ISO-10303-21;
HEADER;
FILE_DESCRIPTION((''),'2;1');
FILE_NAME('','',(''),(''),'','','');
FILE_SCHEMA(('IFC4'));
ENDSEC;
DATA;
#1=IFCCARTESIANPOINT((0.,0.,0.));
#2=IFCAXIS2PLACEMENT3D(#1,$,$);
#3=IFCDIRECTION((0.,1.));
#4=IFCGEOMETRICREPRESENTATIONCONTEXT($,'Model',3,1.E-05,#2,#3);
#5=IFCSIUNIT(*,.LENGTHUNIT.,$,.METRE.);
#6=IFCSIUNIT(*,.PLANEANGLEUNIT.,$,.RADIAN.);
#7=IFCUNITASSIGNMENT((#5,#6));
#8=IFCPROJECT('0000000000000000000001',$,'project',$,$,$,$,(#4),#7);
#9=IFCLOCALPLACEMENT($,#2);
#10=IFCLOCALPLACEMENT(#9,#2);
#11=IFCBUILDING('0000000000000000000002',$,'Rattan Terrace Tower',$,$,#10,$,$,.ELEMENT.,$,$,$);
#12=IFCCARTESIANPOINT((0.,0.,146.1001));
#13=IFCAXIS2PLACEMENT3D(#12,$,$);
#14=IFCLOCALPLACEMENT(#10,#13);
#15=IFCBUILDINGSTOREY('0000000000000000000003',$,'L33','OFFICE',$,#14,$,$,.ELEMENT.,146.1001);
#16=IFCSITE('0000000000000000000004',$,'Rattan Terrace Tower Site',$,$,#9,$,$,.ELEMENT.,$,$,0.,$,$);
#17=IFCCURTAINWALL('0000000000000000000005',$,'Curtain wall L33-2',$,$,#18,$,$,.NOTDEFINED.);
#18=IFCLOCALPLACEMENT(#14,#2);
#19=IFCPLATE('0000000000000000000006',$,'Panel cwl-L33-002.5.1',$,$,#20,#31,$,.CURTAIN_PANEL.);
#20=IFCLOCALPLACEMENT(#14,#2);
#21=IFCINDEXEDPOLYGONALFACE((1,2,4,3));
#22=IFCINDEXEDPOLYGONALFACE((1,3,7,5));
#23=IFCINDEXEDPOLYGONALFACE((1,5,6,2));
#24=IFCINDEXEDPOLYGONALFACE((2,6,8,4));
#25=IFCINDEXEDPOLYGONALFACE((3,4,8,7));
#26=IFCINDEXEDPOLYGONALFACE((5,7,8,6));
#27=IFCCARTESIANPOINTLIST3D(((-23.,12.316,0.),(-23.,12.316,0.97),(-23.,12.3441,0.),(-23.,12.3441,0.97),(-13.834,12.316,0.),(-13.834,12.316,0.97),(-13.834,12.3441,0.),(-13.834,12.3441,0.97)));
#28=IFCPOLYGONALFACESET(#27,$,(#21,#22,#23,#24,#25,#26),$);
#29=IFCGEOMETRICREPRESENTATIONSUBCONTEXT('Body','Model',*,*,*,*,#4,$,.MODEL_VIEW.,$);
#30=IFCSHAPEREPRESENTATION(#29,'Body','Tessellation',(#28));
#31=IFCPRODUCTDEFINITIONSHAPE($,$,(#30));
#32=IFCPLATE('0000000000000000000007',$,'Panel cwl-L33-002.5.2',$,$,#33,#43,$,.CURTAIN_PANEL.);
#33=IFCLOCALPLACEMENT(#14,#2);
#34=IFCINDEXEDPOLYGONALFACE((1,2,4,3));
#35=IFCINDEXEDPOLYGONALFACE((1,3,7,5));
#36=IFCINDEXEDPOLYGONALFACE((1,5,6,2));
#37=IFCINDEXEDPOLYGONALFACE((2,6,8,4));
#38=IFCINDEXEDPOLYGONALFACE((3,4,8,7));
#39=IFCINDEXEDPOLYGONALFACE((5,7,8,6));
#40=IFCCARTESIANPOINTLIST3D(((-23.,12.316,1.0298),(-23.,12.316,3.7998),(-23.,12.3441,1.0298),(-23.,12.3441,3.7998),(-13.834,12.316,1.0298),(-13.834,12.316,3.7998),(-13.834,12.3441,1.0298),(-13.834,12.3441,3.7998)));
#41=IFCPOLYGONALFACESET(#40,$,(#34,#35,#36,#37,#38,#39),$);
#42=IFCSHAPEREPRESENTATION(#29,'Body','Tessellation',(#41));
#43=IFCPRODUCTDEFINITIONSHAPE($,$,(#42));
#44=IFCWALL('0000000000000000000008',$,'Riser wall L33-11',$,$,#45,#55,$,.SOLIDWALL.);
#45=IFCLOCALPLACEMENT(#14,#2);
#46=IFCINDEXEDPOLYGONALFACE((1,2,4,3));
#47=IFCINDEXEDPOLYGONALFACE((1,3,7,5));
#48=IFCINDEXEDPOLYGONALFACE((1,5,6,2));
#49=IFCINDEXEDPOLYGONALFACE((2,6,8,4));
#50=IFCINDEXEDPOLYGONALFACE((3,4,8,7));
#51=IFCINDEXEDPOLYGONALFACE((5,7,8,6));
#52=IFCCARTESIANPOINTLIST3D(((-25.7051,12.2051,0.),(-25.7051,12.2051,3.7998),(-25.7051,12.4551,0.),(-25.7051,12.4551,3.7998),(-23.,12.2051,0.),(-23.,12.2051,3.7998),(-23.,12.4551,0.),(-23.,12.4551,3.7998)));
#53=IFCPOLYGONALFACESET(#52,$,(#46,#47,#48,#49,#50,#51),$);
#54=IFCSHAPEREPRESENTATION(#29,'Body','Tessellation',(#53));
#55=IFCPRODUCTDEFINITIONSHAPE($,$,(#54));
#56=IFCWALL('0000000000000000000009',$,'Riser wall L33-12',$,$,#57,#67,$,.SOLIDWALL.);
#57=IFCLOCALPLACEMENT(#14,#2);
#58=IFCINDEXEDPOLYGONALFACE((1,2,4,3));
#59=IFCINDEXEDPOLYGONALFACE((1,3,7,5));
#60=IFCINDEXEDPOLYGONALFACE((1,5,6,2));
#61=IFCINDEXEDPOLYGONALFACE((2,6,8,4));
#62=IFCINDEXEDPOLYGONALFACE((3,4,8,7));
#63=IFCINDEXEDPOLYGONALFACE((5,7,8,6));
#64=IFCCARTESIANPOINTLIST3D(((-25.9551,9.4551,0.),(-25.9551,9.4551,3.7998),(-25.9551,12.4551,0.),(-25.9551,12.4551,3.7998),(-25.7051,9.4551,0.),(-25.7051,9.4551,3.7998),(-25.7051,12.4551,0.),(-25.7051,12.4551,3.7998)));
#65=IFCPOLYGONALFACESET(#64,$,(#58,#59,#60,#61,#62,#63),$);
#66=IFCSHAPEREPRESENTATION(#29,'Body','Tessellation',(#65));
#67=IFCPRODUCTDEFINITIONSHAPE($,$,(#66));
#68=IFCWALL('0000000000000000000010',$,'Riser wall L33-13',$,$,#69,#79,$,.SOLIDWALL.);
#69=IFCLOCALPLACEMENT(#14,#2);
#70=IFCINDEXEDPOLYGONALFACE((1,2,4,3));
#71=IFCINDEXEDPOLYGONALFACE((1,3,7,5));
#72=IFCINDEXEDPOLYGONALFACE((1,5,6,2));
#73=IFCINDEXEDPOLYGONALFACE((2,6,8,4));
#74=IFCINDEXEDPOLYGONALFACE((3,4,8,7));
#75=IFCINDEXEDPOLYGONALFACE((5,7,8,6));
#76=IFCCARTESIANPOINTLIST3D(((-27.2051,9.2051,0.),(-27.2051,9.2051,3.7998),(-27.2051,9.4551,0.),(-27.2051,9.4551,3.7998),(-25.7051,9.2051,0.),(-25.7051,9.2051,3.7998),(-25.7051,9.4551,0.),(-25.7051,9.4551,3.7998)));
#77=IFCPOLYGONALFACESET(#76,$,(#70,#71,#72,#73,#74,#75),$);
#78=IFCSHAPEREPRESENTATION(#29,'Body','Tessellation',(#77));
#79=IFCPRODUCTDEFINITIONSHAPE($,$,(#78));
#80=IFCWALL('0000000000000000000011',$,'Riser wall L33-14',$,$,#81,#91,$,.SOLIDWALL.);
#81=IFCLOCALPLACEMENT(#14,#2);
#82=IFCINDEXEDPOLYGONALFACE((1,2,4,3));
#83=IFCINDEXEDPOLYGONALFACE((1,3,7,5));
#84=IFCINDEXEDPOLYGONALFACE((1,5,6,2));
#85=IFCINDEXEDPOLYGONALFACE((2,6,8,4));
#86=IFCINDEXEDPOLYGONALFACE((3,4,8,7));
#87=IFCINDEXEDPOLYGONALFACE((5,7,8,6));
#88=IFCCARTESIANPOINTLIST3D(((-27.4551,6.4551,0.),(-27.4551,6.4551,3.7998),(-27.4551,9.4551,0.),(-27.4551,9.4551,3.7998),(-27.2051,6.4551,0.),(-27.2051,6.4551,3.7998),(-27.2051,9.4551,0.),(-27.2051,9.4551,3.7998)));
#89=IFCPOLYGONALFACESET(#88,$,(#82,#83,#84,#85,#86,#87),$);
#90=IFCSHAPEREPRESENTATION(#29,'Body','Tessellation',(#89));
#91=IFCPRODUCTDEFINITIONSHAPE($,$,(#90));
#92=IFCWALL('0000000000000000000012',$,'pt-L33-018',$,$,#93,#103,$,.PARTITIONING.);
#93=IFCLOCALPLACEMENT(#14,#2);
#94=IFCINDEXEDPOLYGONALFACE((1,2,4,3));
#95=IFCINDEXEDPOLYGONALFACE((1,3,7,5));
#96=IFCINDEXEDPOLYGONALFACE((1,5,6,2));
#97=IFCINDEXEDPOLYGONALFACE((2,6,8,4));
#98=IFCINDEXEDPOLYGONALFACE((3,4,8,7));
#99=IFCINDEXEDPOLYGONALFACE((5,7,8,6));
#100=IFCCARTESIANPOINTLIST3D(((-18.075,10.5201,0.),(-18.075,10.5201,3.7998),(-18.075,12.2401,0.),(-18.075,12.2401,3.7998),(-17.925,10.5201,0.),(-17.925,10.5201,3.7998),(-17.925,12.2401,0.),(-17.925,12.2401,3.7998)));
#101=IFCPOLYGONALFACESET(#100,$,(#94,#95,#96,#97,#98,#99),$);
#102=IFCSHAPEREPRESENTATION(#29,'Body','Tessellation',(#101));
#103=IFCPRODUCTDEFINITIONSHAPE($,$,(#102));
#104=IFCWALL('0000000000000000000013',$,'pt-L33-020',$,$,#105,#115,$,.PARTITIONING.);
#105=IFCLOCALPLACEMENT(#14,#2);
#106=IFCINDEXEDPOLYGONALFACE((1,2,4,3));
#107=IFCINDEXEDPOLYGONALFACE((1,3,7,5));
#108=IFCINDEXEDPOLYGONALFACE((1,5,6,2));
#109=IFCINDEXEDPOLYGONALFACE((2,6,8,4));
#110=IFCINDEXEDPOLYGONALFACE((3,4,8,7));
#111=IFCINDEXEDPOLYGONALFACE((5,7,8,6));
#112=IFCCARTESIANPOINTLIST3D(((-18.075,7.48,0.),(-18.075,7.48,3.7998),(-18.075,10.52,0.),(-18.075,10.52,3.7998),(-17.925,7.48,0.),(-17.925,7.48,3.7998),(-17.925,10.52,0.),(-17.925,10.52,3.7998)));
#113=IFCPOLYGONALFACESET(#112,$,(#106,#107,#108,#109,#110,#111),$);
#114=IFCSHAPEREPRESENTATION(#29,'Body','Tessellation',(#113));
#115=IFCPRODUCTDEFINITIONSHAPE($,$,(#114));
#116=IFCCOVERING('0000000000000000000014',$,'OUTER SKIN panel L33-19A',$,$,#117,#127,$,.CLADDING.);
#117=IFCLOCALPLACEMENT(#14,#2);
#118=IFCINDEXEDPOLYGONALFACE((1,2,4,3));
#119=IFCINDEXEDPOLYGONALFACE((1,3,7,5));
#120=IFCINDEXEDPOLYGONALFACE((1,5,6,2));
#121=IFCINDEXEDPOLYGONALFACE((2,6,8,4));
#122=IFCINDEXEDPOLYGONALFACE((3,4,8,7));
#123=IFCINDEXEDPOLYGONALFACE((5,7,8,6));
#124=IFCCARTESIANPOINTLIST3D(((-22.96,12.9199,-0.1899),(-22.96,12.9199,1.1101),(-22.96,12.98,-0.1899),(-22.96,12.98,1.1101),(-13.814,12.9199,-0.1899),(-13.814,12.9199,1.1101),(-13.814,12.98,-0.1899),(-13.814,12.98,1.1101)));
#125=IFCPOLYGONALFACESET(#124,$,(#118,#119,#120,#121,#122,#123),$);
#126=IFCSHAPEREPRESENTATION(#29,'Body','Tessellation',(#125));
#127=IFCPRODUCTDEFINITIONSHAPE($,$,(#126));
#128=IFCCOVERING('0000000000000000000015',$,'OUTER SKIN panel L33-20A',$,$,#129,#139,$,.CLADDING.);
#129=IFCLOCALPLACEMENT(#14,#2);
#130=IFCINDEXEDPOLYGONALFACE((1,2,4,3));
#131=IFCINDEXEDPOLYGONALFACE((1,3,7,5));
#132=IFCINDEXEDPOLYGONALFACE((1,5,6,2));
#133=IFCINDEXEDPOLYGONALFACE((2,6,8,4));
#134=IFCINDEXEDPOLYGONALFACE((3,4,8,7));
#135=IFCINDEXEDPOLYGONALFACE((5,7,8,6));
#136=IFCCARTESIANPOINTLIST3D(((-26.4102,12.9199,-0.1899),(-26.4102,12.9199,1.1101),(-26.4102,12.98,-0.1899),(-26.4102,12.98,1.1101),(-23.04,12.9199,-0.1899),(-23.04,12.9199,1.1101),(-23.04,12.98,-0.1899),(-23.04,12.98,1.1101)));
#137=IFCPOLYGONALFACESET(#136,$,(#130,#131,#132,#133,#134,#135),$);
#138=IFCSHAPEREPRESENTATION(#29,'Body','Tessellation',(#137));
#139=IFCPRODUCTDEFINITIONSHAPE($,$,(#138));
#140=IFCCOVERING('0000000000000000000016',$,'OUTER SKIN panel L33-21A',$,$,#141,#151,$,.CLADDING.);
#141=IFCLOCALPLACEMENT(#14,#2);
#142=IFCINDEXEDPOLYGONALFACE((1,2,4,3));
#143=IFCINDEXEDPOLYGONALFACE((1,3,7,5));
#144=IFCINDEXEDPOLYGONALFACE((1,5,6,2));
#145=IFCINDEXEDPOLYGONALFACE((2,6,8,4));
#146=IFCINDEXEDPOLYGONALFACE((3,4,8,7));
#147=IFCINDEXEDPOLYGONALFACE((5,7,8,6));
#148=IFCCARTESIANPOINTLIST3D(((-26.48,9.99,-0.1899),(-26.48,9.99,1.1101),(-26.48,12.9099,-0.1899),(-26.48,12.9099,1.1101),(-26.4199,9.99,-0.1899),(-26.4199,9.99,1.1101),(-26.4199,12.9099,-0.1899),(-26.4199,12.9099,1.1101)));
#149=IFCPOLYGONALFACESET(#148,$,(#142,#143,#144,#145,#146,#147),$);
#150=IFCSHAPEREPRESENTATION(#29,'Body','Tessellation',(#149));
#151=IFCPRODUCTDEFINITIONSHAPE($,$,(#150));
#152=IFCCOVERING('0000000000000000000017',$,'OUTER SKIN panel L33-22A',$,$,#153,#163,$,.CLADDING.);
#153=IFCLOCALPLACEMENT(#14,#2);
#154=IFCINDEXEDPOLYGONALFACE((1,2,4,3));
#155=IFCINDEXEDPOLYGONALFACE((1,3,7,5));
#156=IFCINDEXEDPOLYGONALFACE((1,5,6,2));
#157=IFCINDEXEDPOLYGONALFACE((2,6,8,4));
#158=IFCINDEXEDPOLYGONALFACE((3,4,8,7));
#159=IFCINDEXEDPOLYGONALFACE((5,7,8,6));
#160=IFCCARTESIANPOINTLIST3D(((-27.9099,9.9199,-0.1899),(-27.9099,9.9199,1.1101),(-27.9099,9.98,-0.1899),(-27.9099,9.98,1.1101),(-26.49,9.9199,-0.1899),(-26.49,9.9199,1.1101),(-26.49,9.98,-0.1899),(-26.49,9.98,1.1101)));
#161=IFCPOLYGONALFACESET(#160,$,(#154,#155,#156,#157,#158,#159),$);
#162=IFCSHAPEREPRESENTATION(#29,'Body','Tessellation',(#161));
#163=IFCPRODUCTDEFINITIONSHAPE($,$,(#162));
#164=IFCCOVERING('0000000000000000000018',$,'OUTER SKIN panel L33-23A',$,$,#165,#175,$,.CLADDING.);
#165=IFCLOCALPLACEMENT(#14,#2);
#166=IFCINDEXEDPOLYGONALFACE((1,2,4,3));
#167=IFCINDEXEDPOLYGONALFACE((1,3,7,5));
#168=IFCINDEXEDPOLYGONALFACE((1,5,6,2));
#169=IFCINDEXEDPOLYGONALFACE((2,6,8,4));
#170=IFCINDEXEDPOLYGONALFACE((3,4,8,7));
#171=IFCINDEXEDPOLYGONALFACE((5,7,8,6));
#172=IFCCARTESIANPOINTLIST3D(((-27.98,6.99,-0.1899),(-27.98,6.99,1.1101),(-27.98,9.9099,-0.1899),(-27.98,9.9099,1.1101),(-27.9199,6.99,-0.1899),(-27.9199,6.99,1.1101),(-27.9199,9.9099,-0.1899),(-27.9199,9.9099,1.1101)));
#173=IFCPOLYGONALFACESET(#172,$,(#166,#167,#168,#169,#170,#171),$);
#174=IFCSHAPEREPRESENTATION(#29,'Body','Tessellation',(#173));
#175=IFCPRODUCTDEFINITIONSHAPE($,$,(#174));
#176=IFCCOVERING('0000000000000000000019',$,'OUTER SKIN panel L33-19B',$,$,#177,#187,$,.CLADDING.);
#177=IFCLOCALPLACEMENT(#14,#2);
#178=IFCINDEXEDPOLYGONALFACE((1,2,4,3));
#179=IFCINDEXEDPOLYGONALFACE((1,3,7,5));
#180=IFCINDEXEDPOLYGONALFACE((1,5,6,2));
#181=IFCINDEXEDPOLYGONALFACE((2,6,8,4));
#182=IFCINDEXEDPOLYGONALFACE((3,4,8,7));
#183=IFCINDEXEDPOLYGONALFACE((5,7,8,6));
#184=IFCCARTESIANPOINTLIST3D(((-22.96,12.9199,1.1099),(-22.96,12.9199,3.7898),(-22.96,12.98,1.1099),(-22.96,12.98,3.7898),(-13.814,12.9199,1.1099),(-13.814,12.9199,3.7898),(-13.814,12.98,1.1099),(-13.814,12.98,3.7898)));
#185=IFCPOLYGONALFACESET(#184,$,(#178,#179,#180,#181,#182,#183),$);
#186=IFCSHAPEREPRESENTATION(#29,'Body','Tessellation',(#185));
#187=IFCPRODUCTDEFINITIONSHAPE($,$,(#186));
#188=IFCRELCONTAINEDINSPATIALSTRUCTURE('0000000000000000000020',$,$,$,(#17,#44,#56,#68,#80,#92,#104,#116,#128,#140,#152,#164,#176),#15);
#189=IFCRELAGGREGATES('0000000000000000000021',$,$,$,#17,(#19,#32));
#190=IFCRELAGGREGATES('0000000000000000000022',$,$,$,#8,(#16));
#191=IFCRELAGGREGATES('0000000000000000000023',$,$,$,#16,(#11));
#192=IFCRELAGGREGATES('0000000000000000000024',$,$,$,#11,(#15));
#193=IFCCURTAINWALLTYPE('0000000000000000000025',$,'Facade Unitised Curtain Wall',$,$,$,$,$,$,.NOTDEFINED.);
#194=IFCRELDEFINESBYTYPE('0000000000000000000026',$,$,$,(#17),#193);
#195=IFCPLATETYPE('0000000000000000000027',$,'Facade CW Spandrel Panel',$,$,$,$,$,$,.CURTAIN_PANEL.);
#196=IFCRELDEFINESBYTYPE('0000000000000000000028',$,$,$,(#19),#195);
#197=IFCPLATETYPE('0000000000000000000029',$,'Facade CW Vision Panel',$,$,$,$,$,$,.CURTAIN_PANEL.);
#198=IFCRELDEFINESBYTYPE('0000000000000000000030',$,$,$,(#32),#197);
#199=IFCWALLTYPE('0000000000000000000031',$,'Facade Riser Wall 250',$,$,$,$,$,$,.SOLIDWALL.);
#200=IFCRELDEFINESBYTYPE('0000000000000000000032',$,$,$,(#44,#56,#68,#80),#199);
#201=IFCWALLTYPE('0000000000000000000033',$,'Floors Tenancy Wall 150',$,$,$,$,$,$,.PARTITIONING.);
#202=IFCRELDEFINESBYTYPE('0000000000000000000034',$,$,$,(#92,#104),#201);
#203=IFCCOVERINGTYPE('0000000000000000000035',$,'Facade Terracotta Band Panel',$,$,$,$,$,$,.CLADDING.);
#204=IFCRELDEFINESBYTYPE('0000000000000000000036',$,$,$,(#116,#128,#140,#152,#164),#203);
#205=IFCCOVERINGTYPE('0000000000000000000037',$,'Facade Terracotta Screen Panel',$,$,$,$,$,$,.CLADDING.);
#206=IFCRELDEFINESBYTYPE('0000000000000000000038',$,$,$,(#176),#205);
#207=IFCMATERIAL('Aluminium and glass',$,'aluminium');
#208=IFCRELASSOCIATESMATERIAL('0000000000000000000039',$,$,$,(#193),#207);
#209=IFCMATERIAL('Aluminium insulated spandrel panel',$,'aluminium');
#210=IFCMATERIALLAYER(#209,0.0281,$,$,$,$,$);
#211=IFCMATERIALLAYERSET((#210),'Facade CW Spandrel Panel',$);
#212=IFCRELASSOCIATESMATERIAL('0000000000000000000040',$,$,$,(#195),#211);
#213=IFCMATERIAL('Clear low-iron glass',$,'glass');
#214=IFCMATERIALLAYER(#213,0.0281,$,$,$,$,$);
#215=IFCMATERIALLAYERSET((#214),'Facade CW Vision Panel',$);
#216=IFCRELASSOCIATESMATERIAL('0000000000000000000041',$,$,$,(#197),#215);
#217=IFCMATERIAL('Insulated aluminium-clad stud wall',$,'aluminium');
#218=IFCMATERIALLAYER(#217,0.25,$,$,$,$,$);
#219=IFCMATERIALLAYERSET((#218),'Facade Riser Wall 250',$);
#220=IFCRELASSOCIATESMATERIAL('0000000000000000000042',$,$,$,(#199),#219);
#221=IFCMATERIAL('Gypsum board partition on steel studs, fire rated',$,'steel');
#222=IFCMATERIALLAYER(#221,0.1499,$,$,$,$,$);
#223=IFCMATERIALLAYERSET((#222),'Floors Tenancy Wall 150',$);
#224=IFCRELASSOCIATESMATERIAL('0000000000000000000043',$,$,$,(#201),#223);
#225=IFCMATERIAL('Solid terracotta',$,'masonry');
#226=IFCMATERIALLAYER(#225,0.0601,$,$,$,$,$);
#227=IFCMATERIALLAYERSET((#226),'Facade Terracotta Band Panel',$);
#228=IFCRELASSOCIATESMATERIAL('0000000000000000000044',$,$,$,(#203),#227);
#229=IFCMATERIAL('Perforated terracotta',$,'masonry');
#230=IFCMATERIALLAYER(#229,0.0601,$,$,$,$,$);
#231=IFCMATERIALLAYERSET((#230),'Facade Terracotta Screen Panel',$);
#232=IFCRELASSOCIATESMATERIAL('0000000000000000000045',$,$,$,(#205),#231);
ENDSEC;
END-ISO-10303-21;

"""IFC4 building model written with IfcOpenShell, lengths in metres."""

from ifc_helpers import new_model, si_unit, direction, frame, frame_2d, origin, origin_2d, place, context, subcontext, project, spatial, rectangle, extrude, material, layer, layer_set, type_object, element, aggregate, save


model = new_model("IFC4")

# Units and contexts
model_context = context("Model", 3, precision=1e-05, world=origin(), true_north=direction((0.0, 1.0)))
body_context = subcontext(model_context, "Body", "Model", "MODEL_VIEW")
ifc_project = project(units=[si_unit("LENGTHUNIT", "METRE"), si_unit("PLANEANGLEUNIT", "RADIAN")], contexts=[model_context])

# Site, building, storey
site_placement = place(None, origin())
site = spatial("IfcSite", under=ifc_project, at=site_placement, Name="Rattan Terrace Tower Site", CompositionType="ELEMENT", RefElevation=0.0)
building_placement = place(site_placement, origin())
building = spatial("IfcBuilding", under=site, at=building_placement, Name="Rattan Terrace Tower", CompositionType="ELEMENT")
storey_placement = place(building_placement, frame((0.0, 0.0, 146.1001)))
storey = spatial("IfcBuildingStorey", under=building, at=storey_placement, Name="L33", Description="OFFICE", CompositionType="ELEMENT", Elevation=146.1001)

# Curtain wall, plates
ifc_material_1 = material(Name="Aluminium and glass", Category="aluminium")
curtain_wall_type = type_object("IfcCurtainWallType", Name="Facade Unitised Curtain Wall", PredefinedType="NOTDEFINED", material=ifc_material_1)
curtain_wall_placement = place(storey_placement, origin())
curtain_wall = element("IfcCurtainWall", 1, at=curtain_wall_placement, inside=storey, type_object=curtain_wall_type, Name="Curtain wall L33-2", PredefinedType="NOTDEFINED")
ifc_material_2 = material(Name="Aluminium insulated spandrel panel", Category="aluminium")
ifc_layer_1 = layer(ifc_material_2, 0.0281)
ifc_layer_set_1 = layer_set([ifc_layer_1], Name="Facade CW Spandrel Panel")
plate_type_1 = type_object("IfcPlateType", Name="Facade CW Spandrel Panel", PredefinedType="CURTAIN_PANEL", material=ifc_layer_set_1)
plate_1_placement = place(storey_placement, frame((-18.417, 12.3301, 0.0), z_axis=(0.0, 0.0, 1.0), x_axis=(-1.0, 0.0, 0.0)))
plate_1 = element("IfcPlate", 2, at=plate_1_placement, type_object=plate_type_1, Name="Panel cwl-L33-002.5.1", PredefinedType="CURTAIN_PANEL", context=body_context, shape_type="SweptSolid", body=[
    extrude(rectangle(XDim=9.166, YDim=0.0281, at=origin_2d()), origin(), (0.0, 0.0, 1.0), 0.97),
])
ifc_material_3 = material(Name="Clear low-iron glass", Category="glass")
ifc_layer_2 = layer(ifc_material_3, 0.0281)
ifc_layer_set_2 = layer_set([ifc_layer_2], Name="Facade CW Vision Panel")
plate_type_2 = type_object("IfcPlateType", Name="Facade CW Vision Panel", PredefinedType="CURTAIN_PANEL", material=ifc_layer_set_2)
plate_2_placement = place(storey_placement, frame((-18.417, 12.3301, 1.0298), z_axis=(0.0, 0.0, 1.0), x_axis=(-1.0, 0.0, 0.0)))
plate_2 = element("IfcPlate", 3, at=plate_2_placement, type_object=plate_type_2, Name="Panel cwl-L33-002.5.2", PredefinedType="CURTAIN_PANEL", context=body_context, shape_type="SweptSolid", body=[
    extrude(rectangle(XDim=9.166, YDim=0.0281, at=origin_2d()), origin(), (0.0, 0.0, 1.0), 2.77),
])
aggregate(curtain_wall, [plate_1, plate_2])

# Walls
ifc_material_4 = material(Name="Insulated aluminium-clad stud wall", Category="aluminium")
ifc_layer_3 = layer(ifc_material_4, 0.25)
ifc_layer_set_3 = layer_set([ifc_layer_3], Name="Facade Riser Wall 250")
wall_type_1 = type_object("IfcWallType", Name="Facade Riser Wall 250", PredefinedType="SOLIDWALL", material=ifc_layer_set_3)
wall_1_placement = place(storey_placement, frame((-23.0, 12.3301, 0.0), z_axis=(0.0, 0.0, 1.0), x_axis=(-1.0, 0.0, 0.0)))
element("IfcWall", 4, at=wall_1_placement, inside=storey, type_object=wall_type_1, Name="Riser wall L33-11", PredefinedType="SOLIDWALL", context=body_context, shape_type="SweptSolid", body=[
    extrude(rectangle(XDim=2.7051, YDim=0.25, at=frame_2d((1.3525, 0.0))), origin(), (0.0, 0.0, 1.0), 3.7998),
])
wall_2_placement = place(storey_placement, frame((-25.8301, 12.4551, 0.0), z_axis=(0.0, 0.0, 1.0), x_axis=(0.0, -1.0, 0.0)))
element("IfcWall", 5, at=wall_2_placement, inside=storey, type_object=wall_type_1, Name="Riser wall L33-12", PredefinedType="SOLIDWALL", context=body_context, shape_type="SweptSolid", body=[
    extrude(rectangle(XDim=3.0, YDim=0.25, at=frame_2d((1.5, 0.0))), origin(), (0.0, 0.0, 1.0), 3.7998),
])
wall_3_placement = place(storey_placement, frame((-25.7051, 9.3301, 0.0), z_axis=(0.0, 0.0, 1.0), x_axis=(-1.0, 0.0, 0.0)))
element("IfcWall", 6, at=wall_3_placement, inside=storey, type_object=wall_type_1, Name="Riser wall L33-13", PredefinedType="SOLIDWALL", context=body_context, shape_type="SweptSolid", body=[
    extrude(rectangle(XDim=1.5, YDim=0.25, at=frame_2d((0.75, 0.0))), origin(), (0.0, 0.0, 1.0), 3.7998),
])
wall_4_placement = place(storey_placement, frame((-27.3301, 9.4551, 0.0), z_axis=(0.0, 0.0, 1.0), x_axis=(0.0, -1.0, 0.0)))
element("IfcWall", 7, at=wall_4_placement, inside=storey, type_object=wall_type_1, Name="Riser wall L33-14", PredefinedType="SOLIDWALL", context=body_context, shape_type="SweptSolid", body=[
    extrude(rectangle(XDim=3.0, YDim=0.25, at=frame_2d((1.5, 0.0))), origin(), (0.0, 0.0, 1.0), 3.7998),
])
ifc_material_5 = material(Name="Gypsum board partition on steel studs, fire rated", Category="steel")
ifc_layer_4 = layer(ifc_material_5, 0.1499)
ifc_layer_set_4 = layer_set([ifc_layer_4], Name="Floors Tenancy Wall 150")
wall_type_2 = type_object("IfcWallType", Name="Floors Tenancy Wall 150", PredefinedType="PARTITIONING", material=ifc_layer_set_4)
wall_5_placement = place(storey_placement, frame((-18.0, 12.24, 0.0), z_axis=(0.0, 0.0, 1.0), x_axis=(0.0, -1.0, 0.0)))
element("IfcWall", 8, at=wall_5_placement, inside=storey, type_object=wall_type_2, Name="pt-L33-018", PredefinedType="PARTITIONING", context=body_context, shape_type="SweptSolid", body=[
    extrude(rectangle(XDim=1.72, YDim=0.1499, at=frame_2d((0.8599, 0.0))), origin(), (0.0, 0.0, 1.0), 3.7998),
])
wall_6_placement = place(storey_placement, frame((-18.0, 10.52, 0.0), z_axis=(0.0, 0.0, 1.0), x_axis=(0.0, -1.0, 0.0)))
element("IfcWall", 9, at=wall_6_placement, inside=storey, type_object=wall_type_2, Name="pt-L33-020", PredefinedType="PARTITIONING", context=body_context, shape_type="SweptSolid", body=[
    extrude(rectangle(XDim=3.04, YDim=0.1499, at=frame_2d((1.52, 0.0))), origin(), (0.0, 0.0, 1.0), 3.7998),
])

# Coverings
ifc_material_6 = material(Name="Solid terracotta", Category="masonry")
ifc_layer_5 = layer(ifc_material_6, 0.0601)
ifc_layer_set_5 = layer_set([ifc_layer_5], Name="Facade Terracotta Band Panel")
covering_type_1 = type_object("IfcCoveringType", Name="Facade Terracotta Band Panel", PredefinedType="CLADDING", material=ifc_layer_set_5)
covering_1_placement = place(storey_placement, frame((-18.387, 12.95, -0.1899), z_axis=(0.0, 0.0, 1.0), x_axis=(-1.0, 0.0, 0.0)))
element("IfcCovering", 10, at=covering_1_placement, inside=storey, type_object=covering_type_1, Name="OUTER SKIN panel L33-19A", PredefinedType="CLADDING", context=body_context, shape_type="SweptSolid", body=[
    extrude(rectangle(XDim=9.146, YDim=0.0601, at=origin_2d()), origin(), (0.0, 0.0, 1.0), 1.3),
])
covering_2_placement = place(storey_placement, frame((-24.7251, 12.95, -0.1899), z_axis=(0.0, 0.0, 1.0), x_axis=(-1.0, 0.0, 0.0)))
element("IfcCovering", 11, at=covering_2_placement, inside=storey, type_object=covering_type_1, Name="OUTER SKIN panel L33-20A", PredefinedType="CLADDING", context=body_context, shape_type="SweptSolid", body=[
    extrude(rectangle(XDim=3.3701, YDim=0.0601, at=origin_2d()), origin(), (0.0, 0.0, 1.0), 1.3),
])
covering_3_placement = place(storey_placement, frame((-26.45, 11.45, -0.1899), z_axis=(0.0, 0.0, 1.0), x_axis=(0.0, -1.0, 0.0)))
element("IfcCovering", 12, at=covering_3_placement, inside=storey, type_object=covering_type_1, Name="OUTER SKIN panel L33-21A", PredefinedType="CLADDING", context=body_context, shape_type="SweptSolid", body=[
    extrude(rectangle(XDim=2.9199, YDim=0.0601, at=origin_2d()), origin(), (0.0, 0.0, 1.0), 1.3),
])
covering_4_placement = place(storey_placement, frame((-27.2, 9.95, -0.1899), z_axis=(0.0, 0.0, 1.0), x_axis=(-1.0, 0.0, 0.0)))
element("IfcCovering", 13, at=covering_4_placement, inside=storey, type_object=covering_type_1, Name="OUTER SKIN panel L33-22A", PredefinedType="CLADDING", context=body_context, shape_type="SweptSolid", body=[
    extrude(rectangle(XDim=1.4199, YDim=0.0601, at=origin_2d()), origin(), (0.0, 0.0, 1.0), 1.3),
])
covering_5_placement = place(storey_placement, frame((-27.95, 8.45, -0.1899), z_axis=(0.0, 0.0, 1.0), x_axis=(0.0, -1.0, 0.0)))
element("IfcCovering", 14, at=covering_5_placement, inside=storey, type_object=covering_type_1, Name="OUTER SKIN panel L33-23A", PredefinedType="CLADDING", context=body_context, shape_type="SweptSolid", body=[
    extrude(rectangle(XDim=2.9199, YDim=0.0601, at=origin_2d()), origin(), (0.0, 0.0, 1.0), 1.3),
])
ifc_material_7 = material(Name="Perforated terracotta", Category="masonry")
ifc_layer_6 = layer(ifc_material_7, 0.0601)
ifc_layer_set_6 = layer_set([ifc_layer_6], Name="Facade Terracotta Screen Panel")
covering_type_2 = type_object("IfcCoveringType", Name="Facade Terracotta Screen Panel", PredefinedType="CLADDING", material=ifc_layer_set_6)
covering_6_placement = place(storey_placement, frame((-18.387, 12.95, 1.1099), z_axis=(0.0, 0.0, 1.0), x_axis=(-1.0, 0.0, 0.0)))
element("IfcCovering", 15, at=covering_6_placement, inside=storey, type_object=covering_type_2, Name="OUTER SKIN panel L33-19B", PredefinedType="CLADDING", context=body_context, shape_type="SweptSolid", body=[
    extrude(rectangle(XDim=9.146, YDim=0.0601, at=origin_2d()), origin(), (0.0, 0.0, 1.0), 2.6799),
])

save(model, "model.ifc")
